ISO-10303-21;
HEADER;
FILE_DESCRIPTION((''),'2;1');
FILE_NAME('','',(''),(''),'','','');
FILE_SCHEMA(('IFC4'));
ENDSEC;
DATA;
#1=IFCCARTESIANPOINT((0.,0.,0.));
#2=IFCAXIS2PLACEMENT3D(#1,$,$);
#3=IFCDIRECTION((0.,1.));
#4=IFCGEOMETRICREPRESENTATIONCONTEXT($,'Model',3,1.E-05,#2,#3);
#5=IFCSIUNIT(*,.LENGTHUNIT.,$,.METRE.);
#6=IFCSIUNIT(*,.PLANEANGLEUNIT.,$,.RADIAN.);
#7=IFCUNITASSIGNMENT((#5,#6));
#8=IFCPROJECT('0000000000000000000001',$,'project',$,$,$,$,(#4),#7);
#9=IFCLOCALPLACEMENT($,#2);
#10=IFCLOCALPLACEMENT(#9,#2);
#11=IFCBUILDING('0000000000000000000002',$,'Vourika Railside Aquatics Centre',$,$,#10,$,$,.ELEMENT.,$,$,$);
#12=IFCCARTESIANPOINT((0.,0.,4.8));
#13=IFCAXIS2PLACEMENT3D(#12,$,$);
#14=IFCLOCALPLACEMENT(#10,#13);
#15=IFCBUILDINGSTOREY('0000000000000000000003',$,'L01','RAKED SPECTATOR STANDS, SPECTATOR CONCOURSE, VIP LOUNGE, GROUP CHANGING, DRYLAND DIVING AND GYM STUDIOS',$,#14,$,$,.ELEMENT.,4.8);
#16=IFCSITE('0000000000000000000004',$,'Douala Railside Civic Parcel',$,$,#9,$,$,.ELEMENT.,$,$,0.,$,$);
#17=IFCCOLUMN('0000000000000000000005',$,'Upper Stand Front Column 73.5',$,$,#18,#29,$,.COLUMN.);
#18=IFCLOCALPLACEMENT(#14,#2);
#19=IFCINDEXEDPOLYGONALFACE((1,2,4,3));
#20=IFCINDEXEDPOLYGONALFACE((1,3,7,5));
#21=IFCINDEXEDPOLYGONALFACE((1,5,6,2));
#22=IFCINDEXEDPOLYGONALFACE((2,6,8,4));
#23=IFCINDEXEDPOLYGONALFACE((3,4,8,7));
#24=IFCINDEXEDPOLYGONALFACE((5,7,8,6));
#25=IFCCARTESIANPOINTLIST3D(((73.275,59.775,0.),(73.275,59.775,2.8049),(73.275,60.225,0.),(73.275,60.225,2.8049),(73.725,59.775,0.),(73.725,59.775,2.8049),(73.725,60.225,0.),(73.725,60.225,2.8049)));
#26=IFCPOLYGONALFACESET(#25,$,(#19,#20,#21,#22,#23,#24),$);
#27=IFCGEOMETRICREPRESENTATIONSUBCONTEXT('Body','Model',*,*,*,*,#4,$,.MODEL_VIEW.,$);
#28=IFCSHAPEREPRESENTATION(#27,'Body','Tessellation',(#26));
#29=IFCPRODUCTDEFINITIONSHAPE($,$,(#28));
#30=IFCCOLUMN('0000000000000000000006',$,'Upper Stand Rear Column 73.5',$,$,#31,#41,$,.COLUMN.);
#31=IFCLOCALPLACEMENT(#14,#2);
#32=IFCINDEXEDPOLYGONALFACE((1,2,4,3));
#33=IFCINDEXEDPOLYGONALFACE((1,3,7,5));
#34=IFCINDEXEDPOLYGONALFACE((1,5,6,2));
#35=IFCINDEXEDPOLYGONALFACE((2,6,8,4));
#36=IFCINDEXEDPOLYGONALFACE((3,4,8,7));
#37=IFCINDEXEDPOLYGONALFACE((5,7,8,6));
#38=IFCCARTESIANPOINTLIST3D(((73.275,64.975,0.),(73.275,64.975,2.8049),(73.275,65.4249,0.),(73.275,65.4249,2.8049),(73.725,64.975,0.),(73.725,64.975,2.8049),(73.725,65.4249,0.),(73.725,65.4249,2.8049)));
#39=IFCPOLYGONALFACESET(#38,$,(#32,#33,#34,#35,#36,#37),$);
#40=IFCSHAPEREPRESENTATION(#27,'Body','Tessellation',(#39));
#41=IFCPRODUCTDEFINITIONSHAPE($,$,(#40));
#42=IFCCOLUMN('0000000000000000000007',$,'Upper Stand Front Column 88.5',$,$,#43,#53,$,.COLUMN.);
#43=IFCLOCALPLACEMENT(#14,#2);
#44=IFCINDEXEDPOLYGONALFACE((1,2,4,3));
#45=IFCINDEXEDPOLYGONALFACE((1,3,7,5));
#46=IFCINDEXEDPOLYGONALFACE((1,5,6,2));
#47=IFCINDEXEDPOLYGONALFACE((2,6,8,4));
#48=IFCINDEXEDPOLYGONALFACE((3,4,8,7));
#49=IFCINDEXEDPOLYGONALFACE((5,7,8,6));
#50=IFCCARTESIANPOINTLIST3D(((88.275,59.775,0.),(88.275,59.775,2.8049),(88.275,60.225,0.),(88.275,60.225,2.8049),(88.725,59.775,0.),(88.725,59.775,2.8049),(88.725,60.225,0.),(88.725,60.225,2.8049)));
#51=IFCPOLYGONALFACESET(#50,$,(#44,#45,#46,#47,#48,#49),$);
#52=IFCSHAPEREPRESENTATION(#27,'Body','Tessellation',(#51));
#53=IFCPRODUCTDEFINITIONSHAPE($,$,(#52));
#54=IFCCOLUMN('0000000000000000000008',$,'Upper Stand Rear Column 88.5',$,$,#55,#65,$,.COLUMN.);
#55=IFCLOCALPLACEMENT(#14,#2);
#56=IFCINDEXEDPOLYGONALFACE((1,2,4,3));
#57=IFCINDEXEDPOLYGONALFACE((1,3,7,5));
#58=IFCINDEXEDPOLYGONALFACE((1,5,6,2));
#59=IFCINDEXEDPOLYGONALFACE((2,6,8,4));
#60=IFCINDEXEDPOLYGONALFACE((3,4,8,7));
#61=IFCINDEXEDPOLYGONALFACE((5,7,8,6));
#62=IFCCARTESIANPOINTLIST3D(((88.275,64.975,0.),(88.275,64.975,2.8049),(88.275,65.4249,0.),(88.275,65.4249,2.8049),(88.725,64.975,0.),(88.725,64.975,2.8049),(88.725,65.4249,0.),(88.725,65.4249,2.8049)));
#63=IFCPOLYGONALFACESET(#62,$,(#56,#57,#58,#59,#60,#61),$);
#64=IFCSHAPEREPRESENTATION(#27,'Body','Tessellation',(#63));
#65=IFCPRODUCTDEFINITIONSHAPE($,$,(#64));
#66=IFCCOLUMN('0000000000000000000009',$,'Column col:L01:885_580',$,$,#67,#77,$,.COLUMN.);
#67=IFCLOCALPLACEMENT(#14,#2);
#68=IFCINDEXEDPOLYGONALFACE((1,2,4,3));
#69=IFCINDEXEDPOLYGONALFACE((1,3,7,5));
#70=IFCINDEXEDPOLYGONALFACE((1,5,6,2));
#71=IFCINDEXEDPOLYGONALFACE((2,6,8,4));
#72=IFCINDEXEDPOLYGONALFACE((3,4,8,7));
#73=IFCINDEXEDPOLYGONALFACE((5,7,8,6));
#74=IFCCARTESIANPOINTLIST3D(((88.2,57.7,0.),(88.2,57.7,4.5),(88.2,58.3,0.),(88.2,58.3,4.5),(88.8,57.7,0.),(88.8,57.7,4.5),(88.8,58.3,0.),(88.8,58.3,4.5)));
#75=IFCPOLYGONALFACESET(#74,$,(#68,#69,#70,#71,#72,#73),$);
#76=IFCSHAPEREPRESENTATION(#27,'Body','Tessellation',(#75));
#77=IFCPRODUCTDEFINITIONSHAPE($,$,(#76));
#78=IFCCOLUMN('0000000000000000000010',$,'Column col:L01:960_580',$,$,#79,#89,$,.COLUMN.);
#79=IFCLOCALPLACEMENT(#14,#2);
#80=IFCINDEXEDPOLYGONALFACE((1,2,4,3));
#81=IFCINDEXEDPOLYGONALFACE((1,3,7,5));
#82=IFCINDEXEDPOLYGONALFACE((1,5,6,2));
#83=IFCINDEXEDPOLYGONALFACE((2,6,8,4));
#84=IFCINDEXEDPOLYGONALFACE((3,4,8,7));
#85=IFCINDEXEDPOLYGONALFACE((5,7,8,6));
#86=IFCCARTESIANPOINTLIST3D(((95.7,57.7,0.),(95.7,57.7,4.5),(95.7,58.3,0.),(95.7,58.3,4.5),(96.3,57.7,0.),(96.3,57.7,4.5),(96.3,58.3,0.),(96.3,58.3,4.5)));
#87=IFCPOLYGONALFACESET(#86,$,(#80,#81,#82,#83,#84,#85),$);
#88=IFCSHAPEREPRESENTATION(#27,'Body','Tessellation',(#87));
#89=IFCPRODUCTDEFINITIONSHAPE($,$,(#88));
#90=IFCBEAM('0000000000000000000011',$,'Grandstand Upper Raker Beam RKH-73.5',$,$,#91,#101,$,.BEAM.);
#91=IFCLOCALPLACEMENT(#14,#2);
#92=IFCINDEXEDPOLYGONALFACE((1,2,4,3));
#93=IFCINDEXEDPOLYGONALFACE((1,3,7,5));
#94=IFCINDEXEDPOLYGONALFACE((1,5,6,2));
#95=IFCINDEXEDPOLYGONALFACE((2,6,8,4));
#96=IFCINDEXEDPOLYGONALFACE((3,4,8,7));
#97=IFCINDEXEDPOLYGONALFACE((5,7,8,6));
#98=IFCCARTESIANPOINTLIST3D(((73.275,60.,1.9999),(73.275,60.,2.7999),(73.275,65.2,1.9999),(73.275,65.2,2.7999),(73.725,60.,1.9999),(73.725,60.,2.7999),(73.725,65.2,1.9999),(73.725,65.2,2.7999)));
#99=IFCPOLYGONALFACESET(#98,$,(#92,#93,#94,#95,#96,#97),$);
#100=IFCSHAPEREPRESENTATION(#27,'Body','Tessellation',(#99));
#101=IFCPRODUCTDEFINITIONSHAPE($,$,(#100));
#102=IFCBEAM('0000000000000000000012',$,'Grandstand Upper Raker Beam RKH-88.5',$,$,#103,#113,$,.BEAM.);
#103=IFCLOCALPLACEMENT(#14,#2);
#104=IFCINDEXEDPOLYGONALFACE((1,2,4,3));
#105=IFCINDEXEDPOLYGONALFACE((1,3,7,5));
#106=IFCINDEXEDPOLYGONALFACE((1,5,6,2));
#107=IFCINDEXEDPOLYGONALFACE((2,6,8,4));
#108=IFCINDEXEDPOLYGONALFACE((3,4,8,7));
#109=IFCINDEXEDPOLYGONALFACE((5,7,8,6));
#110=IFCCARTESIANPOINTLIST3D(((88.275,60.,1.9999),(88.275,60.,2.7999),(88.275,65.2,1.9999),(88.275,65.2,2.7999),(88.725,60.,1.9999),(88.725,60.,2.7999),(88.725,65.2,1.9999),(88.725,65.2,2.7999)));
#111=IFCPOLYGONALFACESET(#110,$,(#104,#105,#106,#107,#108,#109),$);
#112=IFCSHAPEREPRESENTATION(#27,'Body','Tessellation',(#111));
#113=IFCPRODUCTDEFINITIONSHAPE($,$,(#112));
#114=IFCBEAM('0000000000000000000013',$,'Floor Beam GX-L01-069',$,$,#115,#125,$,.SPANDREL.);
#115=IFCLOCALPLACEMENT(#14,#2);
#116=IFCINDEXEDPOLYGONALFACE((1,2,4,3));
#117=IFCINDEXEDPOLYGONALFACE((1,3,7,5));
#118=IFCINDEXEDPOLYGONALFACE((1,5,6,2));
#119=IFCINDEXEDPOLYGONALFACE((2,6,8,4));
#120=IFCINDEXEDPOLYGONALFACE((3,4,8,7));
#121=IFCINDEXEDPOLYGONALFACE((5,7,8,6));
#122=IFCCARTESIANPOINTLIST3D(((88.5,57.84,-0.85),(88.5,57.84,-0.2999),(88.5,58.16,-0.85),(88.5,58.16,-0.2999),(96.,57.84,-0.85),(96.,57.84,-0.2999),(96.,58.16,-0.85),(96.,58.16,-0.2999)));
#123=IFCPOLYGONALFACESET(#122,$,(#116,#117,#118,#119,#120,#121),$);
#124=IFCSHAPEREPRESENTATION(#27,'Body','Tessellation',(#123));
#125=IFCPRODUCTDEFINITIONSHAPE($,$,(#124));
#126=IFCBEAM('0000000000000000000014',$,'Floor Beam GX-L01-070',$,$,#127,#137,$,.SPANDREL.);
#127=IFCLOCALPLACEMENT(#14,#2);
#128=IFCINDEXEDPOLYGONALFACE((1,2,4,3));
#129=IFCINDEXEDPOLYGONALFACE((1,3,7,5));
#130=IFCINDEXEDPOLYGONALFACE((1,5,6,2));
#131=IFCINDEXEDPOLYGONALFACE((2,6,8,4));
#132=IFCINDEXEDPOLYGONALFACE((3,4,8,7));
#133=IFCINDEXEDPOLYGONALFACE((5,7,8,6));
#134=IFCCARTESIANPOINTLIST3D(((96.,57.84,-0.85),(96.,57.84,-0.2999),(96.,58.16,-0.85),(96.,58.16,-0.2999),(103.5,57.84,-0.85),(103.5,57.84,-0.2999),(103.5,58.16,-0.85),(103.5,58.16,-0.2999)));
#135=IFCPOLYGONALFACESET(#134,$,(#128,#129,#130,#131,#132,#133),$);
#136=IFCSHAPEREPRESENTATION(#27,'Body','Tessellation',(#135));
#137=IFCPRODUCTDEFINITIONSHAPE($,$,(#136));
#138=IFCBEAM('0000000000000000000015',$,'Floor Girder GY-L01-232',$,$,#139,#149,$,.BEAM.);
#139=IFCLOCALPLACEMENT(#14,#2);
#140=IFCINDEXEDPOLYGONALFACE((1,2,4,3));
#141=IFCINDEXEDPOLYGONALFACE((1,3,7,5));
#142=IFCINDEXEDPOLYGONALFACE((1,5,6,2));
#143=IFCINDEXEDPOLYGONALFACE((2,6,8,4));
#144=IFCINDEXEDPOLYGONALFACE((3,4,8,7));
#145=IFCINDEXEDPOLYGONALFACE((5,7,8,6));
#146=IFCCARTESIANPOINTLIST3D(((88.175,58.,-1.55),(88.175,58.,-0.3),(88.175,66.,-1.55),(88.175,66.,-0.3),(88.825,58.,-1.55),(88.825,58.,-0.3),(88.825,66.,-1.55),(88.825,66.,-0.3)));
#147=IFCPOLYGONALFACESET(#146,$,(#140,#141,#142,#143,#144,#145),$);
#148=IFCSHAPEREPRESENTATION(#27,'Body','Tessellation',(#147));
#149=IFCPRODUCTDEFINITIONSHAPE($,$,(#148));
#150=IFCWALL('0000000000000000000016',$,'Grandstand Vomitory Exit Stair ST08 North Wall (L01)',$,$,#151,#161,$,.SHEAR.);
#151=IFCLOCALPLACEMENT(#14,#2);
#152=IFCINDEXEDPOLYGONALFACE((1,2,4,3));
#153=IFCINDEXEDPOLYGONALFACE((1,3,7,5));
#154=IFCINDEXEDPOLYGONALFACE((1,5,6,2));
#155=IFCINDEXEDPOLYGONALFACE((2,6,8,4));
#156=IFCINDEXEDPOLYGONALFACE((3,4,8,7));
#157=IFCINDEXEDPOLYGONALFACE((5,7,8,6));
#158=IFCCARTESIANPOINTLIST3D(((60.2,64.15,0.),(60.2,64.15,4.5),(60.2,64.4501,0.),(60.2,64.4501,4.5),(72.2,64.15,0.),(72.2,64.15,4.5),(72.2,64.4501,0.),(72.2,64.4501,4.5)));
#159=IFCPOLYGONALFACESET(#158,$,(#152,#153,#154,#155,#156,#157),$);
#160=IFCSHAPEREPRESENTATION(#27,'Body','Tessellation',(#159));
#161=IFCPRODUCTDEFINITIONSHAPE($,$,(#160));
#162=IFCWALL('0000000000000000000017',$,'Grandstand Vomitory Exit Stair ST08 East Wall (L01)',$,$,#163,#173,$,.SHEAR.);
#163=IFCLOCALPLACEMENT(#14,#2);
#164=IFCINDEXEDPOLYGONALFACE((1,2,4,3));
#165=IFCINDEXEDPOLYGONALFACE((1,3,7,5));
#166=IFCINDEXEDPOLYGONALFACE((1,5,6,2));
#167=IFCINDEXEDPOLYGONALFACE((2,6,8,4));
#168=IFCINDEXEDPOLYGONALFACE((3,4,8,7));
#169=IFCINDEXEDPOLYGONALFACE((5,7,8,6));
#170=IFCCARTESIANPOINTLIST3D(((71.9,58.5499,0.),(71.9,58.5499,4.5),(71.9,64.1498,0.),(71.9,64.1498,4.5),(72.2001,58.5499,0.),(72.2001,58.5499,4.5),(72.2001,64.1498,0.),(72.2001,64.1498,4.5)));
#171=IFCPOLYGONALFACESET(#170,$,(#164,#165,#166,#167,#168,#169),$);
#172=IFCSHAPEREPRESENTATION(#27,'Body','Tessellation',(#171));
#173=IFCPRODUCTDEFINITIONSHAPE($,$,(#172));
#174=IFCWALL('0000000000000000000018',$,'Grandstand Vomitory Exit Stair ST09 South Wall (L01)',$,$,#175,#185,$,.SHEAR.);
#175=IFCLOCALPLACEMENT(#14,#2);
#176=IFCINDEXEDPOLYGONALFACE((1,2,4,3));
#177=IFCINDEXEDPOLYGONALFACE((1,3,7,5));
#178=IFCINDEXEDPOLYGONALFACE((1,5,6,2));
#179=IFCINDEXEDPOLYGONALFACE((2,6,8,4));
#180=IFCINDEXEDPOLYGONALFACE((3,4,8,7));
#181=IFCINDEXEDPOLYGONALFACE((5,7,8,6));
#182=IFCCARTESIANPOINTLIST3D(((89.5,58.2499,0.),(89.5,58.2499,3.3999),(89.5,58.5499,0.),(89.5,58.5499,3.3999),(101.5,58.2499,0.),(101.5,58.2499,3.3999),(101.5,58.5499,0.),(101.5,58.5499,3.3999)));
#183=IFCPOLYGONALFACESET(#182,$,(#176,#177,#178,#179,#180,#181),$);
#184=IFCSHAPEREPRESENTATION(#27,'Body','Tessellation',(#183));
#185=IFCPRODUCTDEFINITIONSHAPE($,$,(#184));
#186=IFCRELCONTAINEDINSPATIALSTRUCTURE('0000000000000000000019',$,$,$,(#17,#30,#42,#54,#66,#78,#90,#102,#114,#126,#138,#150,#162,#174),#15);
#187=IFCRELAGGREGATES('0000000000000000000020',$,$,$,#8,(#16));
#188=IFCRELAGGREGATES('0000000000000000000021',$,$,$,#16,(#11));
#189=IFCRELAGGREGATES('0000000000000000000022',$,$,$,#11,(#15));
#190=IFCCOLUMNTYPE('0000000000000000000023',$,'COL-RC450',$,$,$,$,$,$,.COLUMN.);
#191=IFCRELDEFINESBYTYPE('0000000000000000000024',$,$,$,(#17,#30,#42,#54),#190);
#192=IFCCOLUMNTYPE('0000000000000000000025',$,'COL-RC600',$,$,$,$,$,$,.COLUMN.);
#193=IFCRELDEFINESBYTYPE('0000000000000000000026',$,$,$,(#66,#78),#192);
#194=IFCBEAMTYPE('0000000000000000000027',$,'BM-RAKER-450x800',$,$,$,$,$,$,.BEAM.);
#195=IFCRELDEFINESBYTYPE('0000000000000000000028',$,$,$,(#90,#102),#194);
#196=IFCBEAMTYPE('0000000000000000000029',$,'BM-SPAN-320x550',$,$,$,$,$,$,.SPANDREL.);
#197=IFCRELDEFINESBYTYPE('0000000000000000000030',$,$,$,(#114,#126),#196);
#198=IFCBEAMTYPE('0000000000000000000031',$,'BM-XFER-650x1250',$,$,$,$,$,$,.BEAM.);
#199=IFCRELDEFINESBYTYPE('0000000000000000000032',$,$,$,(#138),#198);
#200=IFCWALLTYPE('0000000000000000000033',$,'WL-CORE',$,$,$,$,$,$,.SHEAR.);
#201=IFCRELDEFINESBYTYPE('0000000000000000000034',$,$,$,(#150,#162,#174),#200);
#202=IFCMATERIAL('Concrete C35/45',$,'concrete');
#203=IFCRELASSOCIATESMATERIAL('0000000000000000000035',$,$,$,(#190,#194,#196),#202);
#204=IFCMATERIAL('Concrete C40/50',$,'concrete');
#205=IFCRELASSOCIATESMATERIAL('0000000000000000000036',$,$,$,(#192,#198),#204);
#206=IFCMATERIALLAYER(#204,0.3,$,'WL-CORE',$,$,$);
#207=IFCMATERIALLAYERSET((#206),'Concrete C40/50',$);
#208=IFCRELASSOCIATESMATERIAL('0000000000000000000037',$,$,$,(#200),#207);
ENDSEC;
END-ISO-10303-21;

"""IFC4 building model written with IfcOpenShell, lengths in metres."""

from ifc_helpers import new_model, si_unit, direction, frame, frame_2d, origin, origin_2d, place, context, subcontext, project, spatial, rectangle, extrude, material, layer, layer_set, material_profile, profile_set, type_object, element, save


model = new_model("IFC4")

# Units and contexts
model_context = context("Model", 3, precision=1e-05, world=origin(), true_north=direction((0.0, 1.0)))
body_context = subcontext(model_context, "Body", "Model", "MODEL_VIEW")
ifc_project = project(units=[si_unit("LENGTHUNIT", "METRE"), si_unit("PLANEANGLEUNIT", "RADIAN")], contexts=[model_context])

# Site, building, storey
site_placement = place(None, origin())
site = spatial("IfcSite", under=ifc_project, at=site_placement, Name="Douala Railside Civic Parcel", CompositionType="ELEMENT", RefElevation=0.0)
building_placement = place(site_placement, origin())
building = spatial("IfcBuilding", under=site, at=building_placement, Name="Vourika Railside Aquatics Centre", CompositionType="ELEMENT")
storey_placement = place(building_placement, frame((0.0, 0.0, 4.8)))
storey = spatial("IfcBuildingStorey", under=building, at=storey_placement, Name="L01", Description="RAKED SPECTATOR STANDS, SPECTATOR CONCOURSE, VIP LOUNGE, GROUP CHANGING, DRYLAND DIVING AND GYM STUDIOS", CompositionType="ELEMENT", Elevation=4.8)

# Columns
ifc_material_1 = material(Name="Concrete C35/45", Category="concrete")
ifc_material_profile_1 = material_profile(ifc_material_1, rectangle(XDim=0.45, YDim=0.45, at=origin_2d()), Name="RC 450x450")
ifc_profile_set_1 = profile_set([ifc_material_profile_1], Name="Concrete C35/45")
column_type_1 = type_object("IfcColumnType", Name="COL-RC450", PredefinedType="COLUMN", material=ifc_profile_set_1)
for number, where, z_axis, x_axis, name in (
    (1, (73.5, 60.0, 0.0), (0.0, 0.0, 1.0), (1.0, 0.0, 0.0), "Upper Stand Front Column 73.5"),
    (2, (73.5, 65.2, 0.0), (0.0, 0.0, 1.0), (1.0, 0.0, 0.0), "Upper Stand Rear Column 73.5"),
    (3, (88.5, 60.0, 0.0), (0.0, 0.0, 1.0), (1.0, 0.0, 0.0), "Upper Stand Front Column 88.5"),
    (4, (88.5, 65.2, 0.0), (0.0, 0.0, 1.0), (1.0, 0.0, 0.0), "Upper Stand Rear Column 88.5"),
):
    element("IfcColumn", number, at=place(storey_placement, frame(where, z_axis=z_axis, x_axis=x_axis)), inside=storey, type_object=column_type_1, Name=name, PredefinedType="COLUMN", context=body_context, shape_type="SweptSolid", body=[
        extrude(rectangle(XDim=0.45, YDim=0.45, at=origin_2d()), origin(), (0.0, 0.0, 1.0), 2.8049),
    ])
ifc_material_2 = material(Name="Concrete C40/50", Category="concrete")
ifc_material_profile_2 = material_profile(ifc_material_2, rectangle(XDim=0.6001, YDim=0.6001, at=origin_2d()), Name="RC 600x600")
ifc_profile_set_2 = profile_set([ifc_material_profile_2], Name="Concrete C40/50")
column_type_2 = type_object("IfcColumnType", Name="COL-RC600", PredefinedType="COLUMN", material=ifc_profile_set_2)
for number, where, z_axis, x_axis, name in (
    (5, (88.5, 58.0, 0.0), (0.0, 0.0, 1.0), (1.0, 0.0, 0.0), "Column col:L01:885_580"),
    (6, (96.0, 58.0, 0.0), (0.0, 0.0, 1.0), (1.0, 0.0, 0.0), "Column col:L01:960_580"),
):
    element("IfcColumn", number, at=place(storey_placement, frame(where, z_axis=z_axis, x_axis=x_axis)), inside=storey, type_object=column_type_2, Name=name, PredefinedType="COLUMN", context=body_context, shape_type="SweptSolid", body=[
        extrude(rectangle(XDim=0.6001, YDim=0.6001, at=origin_2d()), origin(), (0.0, 0.0, 1.0), 4.5),
    ])

# Beams
ifc_material_profile_3 = material_profile(ifc_material_1, rectangle(XDim=0.45, YDim=0.8, at=origin_2d()), Name="RC 450x800")
ifc_profile_set_3 = profile_set([ifc_material_profile_3], Name="Concrete C35/45")
beam_type_1 = type_object("IfcBeamType", Name="BM-RAKER-450x800", PredefinedType="BEAM", material=ifc_profile_set_3)
for number, where, z_axis, x_axis, name in (
    (7, (73.5, 60.0, 2.3999), (0.0, 1.0, 0.0), (-1.0, 0.0, 0.0), "Grandstand Upper Raker Beam RKH-73.5"),
    (8, (88.5, 60.0, 2.3999), (0.0, 1.0, 0.0), (-1.0, 0.0, 0.0), "Grandstand Upper Raker Beam RKH-88.5"),
):
    element("IfcBeam", number, at=place(storey_placement, frame(where, z_axis=z_axis, x_axis=x_axis)), inside=storey, type_object=beam_type_1, Name=name, PredefinedType="BEAM", context=body_context, shape_type="SweptSolid", body=[
        extrude(rectangle(XDim=0.45, YDim=0.8, at=origin_2d()), origin(), (0.0, 0.0, 1.0), 5.2),
    ])
ifc_material_profile_4 = material_profile(ifc_material_1, rectangle(XDim=0.3201, YDim=0.55, at=origin_2d()), Name="RC 320x550")
ifc_profile_set_4 = profile_set([ifc_material_profile_4], Name="Concrete C35/45")
beam_type_2 = type_object("IfcBeamType", Name="BM-SPAN-320x550", PredefinedType="SPANDREL", material=ifc_profile_set_4)
for number, where, z_axis, x_axis, name in (
    (9, (88.5, 58.0, -0.575), (1.0, 0.0, 0.0), (0.0, 1.0, 0.0), "Floor Beam GX-L01-069"),
    (10, (96.0, 58.0, -0.575), (1.0, 0.0, 0.0), (0.0, 1.0, 0.0), "Floor Beam GX-L01-070"),
):
    element("IfcBeam", number, at=place(storey_placement, frame(where, z_axis=z_axis, x_axis=x_axis)), inside=storey, type_object=beam_type_2, Name=name, PredefinedType="SPANDREL", context=body_context, shape_type="SweptSolid", body=[
        extrude(rectangle(XDim=0.3201, YDim=0.55, at=origin_2d()), origin(), (0.0, 0.0, 1.0), 7.5),
    ])
ifc_material_profile_5 = material_profile(ifc_material_2, rectangle(XDim=0.6499, YDim=1.25, at=origin_2d()), Name="RC 650x1250")
ifc_profile_set_5 = profile_set([ifc_material_profile_5], Name="Concrete C40/50")
beam_type_3 = type_object("IfcBeamType", Name="BM-XFER-650x1250", PredefinedType="BEAM", material=ifc_profile_set_5)
beam_placement = place(storey_placement, frame((88.5, 58.0, -0.925), z_axis=(0.0, 1.0, 0.0), x_axis=(-1.0, 0.0, 0.0)))
element("IfcBeam", 11, at=beam_placement, inside=storey, type_object=beam_type_3, Name="Floor Girder GY-L01-232", PredefinedType="BEAM", context=body_context, shape_type="SweptSolid", body=[
    extrude(rectangle(XDim=0.6499, YDim=1.25, at=origin_2d()), origin(), (0.0, 0.0, 1.0), 8.0),
])

# Walls
ifc_layer = layer(ifc_material_2, 0.3, Name="WL-CORE")
ifc_layer_set = layer_set([ifc_layer], Name="Concrete C40/50")
wall_type = type_object("IfcWallType", Name="WL-CORE", PredefinedType="SHEAR", material=ifc_layer_set)
wall_1_placement = place(storey_placement, frame((72.2, 64.3, 0.0), z_axis=(0.0, 0.0, 1.0), x_axis=(-1.0, 0.0, 0.0)))
element("IfcWall", 12, at=wall_1_placement, inside=storey, type_object=wall_type, Name="Grandstand Vomitory Exit Stair ST08 North Wall (L01)", PredefinedType="SHEAR", context=body_context, shape_type="SweptSolid", body=[
    extrude(rectangle(XDim=12.0, YDim=0.3, at=frame_2d((6.0, 0.0))), origin(), (0.0, 0.0, 1.0), 4.5),
])
wall_2_placement = place(storey_placement, frame((72.05, 58.55, 0.0), z_axis=(0.0, 0.0, 1.0), x_axis=(0.0, 1.0, 0.0)))
element("IfcWall", 13, at=wall_2_placement, inside=storey, type_object=wall_type, Name="Grandstand Vomitory Exit Stair ST08 East Wall (L01)", PredefinedType="SHEAR", context=body_context, shape_type="SweptSolid", body=[
    extrude(rectangle(XDim=5.5999, YDim=0.3, at=frame_2d((2.7998, 0.0))), origin(), (0.0, 0.0, 1.0), 4.5),
])
wall_3_placement = place(storey_placement, frame((89.5, 58.3999, 0.0), z_axis=(0.0, 0.0, 1.0), x_axis=(1.0, 0.0, 0.0)))
element("IfcWall", 14, at=wall_3_placement, inside=storey, type_object=wall_type, Name="Grandstand Vomitory Exit Stair ST09 South Wall (L01)", PredefinedType="SHEAR", context=body_context, shape_type="SweptSolid", body=[
    extrude(rectangle(XDim=12.0, YDim=0.3, at=frame_2d((6.0, 0.0))), origin(), (0.0, 0.0, 1.0), 3.3999),
])

save(model, "model.ifc")
